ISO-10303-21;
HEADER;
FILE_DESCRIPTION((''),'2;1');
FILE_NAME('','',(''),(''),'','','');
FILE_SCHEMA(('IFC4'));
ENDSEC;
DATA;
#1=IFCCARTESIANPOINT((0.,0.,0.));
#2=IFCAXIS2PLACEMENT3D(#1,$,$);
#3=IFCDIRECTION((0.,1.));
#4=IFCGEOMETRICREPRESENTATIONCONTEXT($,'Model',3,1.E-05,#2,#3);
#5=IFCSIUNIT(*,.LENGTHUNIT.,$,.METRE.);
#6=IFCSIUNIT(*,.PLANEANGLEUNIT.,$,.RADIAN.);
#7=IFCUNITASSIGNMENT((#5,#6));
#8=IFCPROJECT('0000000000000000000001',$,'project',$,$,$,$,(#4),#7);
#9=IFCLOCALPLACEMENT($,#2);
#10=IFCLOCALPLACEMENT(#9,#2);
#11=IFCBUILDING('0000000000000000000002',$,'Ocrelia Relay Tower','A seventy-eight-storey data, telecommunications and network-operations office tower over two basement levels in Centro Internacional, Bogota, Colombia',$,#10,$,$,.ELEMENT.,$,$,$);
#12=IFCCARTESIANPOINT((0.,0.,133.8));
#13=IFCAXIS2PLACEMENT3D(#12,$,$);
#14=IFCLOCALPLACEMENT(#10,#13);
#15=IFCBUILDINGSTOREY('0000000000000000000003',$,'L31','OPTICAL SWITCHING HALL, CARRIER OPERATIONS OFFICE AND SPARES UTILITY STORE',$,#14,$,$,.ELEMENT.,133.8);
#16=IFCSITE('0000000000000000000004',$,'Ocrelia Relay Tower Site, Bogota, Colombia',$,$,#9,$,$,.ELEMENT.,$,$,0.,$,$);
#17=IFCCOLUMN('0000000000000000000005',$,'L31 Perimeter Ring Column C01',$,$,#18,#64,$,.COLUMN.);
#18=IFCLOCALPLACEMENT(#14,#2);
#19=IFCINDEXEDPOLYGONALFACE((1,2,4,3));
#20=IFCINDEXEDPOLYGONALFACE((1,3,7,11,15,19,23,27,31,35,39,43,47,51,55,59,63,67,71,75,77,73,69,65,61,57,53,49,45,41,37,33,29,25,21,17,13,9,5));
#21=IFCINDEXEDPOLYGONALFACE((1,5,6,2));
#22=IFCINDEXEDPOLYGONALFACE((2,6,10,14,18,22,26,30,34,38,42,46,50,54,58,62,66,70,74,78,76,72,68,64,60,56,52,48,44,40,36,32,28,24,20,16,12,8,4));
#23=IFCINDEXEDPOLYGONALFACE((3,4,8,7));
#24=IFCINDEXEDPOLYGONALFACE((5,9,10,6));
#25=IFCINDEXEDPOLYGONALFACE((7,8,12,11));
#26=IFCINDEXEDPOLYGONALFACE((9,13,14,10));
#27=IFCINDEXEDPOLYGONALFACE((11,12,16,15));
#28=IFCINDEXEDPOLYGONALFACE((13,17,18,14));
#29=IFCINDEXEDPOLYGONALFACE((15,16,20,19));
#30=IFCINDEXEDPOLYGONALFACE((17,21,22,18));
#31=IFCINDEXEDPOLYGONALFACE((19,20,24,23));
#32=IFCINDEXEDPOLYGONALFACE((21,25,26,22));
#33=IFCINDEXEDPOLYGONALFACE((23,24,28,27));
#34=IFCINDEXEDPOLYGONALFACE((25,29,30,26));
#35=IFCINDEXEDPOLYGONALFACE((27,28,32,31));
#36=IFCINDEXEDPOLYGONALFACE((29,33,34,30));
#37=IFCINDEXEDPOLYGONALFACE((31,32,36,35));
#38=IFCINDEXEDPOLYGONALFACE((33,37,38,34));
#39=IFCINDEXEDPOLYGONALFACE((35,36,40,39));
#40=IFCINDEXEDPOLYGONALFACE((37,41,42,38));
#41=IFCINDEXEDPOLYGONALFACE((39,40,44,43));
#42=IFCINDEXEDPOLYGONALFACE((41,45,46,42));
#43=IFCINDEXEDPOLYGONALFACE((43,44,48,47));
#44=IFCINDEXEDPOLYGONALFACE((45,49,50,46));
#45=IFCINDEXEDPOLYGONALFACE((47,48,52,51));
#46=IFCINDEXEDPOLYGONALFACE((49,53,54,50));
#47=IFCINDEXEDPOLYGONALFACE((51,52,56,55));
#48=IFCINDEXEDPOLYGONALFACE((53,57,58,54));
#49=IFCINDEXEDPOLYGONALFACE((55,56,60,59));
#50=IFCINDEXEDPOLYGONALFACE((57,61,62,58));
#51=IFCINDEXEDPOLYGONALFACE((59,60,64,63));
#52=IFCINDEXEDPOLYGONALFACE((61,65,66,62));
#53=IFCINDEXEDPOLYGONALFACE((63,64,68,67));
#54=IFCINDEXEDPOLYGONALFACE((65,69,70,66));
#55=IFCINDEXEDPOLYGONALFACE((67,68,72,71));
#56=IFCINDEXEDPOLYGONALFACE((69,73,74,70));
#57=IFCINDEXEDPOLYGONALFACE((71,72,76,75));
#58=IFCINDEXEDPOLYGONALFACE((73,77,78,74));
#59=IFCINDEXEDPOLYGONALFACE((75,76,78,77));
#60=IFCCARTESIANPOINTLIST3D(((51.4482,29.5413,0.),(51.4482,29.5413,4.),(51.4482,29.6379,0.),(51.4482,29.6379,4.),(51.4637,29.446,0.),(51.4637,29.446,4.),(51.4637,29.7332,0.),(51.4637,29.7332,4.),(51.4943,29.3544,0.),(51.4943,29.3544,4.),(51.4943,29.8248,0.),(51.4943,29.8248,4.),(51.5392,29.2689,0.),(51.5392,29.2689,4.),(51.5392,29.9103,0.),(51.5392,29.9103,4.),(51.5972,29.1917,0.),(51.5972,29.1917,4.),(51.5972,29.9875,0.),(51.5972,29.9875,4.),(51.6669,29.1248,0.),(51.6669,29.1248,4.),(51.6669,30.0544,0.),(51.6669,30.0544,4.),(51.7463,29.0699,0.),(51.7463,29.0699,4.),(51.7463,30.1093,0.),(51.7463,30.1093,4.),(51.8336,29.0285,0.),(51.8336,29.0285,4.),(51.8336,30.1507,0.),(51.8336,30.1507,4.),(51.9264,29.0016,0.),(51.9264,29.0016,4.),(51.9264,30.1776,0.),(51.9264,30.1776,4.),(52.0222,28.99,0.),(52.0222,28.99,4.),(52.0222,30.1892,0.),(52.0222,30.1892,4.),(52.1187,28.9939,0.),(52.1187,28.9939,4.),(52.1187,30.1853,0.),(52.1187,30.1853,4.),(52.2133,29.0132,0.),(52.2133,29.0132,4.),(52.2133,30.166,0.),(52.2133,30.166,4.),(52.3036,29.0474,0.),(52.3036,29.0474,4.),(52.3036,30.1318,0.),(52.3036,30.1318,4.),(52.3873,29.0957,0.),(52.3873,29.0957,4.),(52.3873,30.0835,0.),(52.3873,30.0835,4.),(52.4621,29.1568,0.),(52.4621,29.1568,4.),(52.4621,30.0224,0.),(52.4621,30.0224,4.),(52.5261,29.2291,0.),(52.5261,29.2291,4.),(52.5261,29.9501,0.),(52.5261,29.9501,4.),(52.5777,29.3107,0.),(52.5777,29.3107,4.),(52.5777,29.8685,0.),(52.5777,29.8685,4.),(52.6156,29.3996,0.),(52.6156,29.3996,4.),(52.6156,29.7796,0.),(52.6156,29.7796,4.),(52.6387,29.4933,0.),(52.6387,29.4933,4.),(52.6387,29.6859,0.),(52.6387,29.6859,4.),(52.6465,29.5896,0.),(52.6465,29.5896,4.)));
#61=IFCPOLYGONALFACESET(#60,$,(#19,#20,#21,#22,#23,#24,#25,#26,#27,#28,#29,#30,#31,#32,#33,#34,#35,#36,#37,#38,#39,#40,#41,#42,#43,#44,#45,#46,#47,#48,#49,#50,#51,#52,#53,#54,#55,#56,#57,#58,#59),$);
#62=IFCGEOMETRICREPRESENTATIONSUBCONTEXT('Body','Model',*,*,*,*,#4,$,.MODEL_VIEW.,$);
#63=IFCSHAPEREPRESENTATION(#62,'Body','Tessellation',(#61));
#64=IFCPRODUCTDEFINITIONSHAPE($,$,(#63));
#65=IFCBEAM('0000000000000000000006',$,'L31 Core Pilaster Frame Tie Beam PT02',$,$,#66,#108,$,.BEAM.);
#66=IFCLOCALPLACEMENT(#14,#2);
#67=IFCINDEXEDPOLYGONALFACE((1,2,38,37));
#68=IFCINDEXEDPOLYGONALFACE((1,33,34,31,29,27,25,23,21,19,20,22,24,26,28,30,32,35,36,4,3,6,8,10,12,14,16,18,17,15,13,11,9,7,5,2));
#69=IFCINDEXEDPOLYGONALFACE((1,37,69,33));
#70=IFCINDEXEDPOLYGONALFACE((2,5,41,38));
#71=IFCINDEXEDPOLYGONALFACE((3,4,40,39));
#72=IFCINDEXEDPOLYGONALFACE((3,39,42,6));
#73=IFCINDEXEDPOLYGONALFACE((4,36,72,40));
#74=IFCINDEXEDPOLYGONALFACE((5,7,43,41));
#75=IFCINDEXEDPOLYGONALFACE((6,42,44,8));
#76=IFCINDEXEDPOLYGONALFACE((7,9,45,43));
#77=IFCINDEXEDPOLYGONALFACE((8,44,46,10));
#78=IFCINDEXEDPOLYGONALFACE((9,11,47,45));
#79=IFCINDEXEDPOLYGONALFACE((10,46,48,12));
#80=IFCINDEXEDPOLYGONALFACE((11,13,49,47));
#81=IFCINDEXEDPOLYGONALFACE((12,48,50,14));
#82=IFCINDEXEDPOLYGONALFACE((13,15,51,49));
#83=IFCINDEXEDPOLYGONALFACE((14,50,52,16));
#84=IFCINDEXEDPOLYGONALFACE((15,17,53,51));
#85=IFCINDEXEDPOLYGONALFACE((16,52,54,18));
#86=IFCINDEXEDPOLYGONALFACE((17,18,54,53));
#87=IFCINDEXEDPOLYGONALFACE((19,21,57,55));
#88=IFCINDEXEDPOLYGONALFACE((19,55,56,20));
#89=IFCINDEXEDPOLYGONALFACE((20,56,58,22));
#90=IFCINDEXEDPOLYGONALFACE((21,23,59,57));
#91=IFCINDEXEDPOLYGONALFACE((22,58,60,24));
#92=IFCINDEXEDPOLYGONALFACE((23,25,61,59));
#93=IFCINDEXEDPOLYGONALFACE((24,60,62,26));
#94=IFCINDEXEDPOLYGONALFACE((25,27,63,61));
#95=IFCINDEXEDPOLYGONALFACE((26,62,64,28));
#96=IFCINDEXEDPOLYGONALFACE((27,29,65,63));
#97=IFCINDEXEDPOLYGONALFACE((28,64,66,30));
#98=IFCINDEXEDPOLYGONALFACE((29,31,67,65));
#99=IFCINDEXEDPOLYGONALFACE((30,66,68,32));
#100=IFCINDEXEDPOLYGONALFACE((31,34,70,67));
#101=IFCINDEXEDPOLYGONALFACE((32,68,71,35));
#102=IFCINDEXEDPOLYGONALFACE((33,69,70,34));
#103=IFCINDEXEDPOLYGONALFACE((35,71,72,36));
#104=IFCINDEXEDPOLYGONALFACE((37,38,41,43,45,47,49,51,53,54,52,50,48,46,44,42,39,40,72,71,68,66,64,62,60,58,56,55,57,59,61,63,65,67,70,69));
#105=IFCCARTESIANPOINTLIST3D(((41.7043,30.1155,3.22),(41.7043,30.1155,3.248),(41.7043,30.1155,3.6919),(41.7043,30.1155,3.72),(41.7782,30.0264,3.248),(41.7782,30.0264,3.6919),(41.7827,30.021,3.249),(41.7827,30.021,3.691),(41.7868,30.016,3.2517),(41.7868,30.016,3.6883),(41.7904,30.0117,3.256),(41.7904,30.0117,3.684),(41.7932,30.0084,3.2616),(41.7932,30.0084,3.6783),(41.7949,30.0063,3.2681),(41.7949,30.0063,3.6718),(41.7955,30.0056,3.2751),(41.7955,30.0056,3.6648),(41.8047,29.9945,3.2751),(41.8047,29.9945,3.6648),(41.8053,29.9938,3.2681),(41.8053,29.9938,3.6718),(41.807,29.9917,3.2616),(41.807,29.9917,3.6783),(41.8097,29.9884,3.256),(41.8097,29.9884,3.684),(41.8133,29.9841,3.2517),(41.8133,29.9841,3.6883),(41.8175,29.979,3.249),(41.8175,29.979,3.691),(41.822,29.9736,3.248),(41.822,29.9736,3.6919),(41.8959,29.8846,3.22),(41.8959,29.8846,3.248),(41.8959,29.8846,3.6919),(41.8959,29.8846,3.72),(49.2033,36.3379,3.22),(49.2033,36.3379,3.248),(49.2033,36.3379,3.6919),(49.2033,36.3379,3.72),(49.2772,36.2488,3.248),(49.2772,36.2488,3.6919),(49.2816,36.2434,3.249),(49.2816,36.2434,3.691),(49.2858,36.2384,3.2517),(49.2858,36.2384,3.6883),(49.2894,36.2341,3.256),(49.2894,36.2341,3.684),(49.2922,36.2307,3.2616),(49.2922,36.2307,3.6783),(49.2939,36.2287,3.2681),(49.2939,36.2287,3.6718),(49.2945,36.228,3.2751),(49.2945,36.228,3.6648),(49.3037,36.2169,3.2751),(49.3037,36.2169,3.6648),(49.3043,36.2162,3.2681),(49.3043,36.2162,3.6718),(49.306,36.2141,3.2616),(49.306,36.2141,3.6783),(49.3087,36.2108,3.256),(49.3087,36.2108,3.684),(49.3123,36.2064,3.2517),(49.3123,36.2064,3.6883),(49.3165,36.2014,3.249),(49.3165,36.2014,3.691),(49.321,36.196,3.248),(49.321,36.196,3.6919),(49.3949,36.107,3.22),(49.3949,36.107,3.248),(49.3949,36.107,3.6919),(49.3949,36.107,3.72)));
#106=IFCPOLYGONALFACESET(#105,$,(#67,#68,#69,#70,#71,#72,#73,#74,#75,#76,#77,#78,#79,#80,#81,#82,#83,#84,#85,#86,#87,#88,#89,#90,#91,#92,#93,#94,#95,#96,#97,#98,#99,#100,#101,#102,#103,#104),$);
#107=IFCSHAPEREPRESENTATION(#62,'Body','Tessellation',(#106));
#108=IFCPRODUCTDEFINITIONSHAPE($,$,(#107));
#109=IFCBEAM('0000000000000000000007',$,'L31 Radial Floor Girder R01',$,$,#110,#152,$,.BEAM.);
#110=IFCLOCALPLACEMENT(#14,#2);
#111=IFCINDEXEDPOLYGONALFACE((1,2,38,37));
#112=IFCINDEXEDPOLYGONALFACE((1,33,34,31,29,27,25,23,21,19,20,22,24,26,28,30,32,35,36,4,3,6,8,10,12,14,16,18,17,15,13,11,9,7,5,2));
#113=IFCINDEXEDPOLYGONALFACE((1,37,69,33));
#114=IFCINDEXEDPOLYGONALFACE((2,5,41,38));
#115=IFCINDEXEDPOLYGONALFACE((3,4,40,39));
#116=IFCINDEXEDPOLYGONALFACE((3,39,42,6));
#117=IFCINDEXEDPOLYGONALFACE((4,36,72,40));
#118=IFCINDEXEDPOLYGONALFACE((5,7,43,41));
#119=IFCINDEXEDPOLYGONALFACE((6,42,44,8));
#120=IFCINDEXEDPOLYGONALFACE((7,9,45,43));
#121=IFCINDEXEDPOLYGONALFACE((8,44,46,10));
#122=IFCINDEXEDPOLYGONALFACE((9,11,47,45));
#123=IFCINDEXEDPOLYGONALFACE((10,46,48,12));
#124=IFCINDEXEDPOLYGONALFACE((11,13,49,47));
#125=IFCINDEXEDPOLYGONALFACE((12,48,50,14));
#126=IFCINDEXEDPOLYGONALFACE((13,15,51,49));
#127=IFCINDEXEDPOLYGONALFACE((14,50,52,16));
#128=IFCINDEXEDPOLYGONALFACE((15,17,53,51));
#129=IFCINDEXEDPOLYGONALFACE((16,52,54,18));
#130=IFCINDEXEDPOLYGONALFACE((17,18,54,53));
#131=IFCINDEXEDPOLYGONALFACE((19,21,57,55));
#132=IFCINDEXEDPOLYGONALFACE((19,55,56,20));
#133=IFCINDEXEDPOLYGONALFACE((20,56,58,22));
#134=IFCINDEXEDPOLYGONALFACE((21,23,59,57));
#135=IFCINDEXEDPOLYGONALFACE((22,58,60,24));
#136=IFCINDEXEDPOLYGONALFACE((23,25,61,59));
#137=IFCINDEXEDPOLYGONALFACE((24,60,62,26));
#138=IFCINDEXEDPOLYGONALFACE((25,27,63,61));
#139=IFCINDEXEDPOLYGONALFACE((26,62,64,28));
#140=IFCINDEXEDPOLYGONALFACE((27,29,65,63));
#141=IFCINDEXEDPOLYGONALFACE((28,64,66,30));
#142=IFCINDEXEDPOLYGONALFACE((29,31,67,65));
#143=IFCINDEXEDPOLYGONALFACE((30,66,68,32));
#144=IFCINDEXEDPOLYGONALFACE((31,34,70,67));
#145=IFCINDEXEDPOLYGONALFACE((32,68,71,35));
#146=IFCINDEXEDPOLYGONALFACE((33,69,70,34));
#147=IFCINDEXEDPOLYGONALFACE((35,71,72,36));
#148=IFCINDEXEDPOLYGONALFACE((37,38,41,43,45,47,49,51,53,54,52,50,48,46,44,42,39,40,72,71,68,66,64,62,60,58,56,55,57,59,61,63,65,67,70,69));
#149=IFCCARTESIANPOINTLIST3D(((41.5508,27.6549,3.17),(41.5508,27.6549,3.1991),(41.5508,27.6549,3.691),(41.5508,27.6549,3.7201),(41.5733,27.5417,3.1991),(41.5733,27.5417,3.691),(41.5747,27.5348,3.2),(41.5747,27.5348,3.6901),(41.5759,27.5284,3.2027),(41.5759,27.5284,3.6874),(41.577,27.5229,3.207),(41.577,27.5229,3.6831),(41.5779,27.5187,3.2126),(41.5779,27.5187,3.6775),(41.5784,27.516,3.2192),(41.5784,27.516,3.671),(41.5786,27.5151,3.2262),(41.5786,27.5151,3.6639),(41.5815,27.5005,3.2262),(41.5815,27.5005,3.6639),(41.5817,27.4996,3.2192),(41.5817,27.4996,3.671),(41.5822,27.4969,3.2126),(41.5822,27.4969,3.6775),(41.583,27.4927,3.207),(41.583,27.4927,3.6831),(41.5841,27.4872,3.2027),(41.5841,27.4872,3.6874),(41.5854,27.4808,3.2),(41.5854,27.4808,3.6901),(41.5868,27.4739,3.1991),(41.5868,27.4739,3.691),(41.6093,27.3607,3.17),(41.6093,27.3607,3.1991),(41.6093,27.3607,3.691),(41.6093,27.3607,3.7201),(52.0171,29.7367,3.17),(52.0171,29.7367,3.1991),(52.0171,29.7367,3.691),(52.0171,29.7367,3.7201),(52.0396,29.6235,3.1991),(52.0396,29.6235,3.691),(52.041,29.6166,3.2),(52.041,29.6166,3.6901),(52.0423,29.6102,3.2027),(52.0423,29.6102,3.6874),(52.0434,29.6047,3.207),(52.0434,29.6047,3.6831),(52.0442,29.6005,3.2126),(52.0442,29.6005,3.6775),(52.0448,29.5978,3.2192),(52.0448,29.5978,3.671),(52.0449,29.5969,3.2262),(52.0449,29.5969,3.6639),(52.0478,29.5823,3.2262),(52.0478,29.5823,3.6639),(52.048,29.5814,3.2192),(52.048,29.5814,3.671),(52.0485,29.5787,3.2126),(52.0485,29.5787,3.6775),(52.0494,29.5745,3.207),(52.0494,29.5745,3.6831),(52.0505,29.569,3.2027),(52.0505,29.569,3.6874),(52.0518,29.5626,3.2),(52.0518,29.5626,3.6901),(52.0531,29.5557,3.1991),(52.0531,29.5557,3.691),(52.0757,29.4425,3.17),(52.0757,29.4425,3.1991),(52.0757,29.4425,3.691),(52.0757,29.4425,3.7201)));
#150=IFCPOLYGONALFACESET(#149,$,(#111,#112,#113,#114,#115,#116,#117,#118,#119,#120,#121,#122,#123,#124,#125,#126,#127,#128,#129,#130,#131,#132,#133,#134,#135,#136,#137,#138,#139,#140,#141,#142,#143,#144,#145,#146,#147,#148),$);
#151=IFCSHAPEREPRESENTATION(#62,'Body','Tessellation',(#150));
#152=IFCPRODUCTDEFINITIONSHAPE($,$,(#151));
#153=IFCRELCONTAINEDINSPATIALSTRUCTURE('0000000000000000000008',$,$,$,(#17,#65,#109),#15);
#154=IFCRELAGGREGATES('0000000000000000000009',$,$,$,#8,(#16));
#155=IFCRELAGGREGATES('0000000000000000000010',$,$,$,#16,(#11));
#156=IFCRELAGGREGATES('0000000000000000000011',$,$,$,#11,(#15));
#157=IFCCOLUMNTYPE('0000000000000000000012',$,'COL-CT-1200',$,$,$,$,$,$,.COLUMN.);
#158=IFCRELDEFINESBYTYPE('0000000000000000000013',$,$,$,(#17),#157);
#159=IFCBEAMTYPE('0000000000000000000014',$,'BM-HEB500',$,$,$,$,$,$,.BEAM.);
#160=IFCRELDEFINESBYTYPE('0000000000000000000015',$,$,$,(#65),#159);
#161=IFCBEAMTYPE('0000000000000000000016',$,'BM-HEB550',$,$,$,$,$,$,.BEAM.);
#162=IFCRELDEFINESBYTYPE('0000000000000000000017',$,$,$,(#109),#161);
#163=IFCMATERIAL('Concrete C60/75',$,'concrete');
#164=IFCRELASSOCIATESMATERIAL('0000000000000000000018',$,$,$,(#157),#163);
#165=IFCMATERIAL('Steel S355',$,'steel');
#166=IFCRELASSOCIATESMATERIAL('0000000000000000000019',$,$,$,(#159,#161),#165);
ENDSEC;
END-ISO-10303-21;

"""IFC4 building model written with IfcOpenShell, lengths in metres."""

from ifc_helpers import new_model, si_unit, direction, frame, origin, origin_2d, place, context, subcontext, project, spatial, circle, i_section, extrude, material, material_profile, profile_set, type_object, element, save


model = new_model("IFC4")

# Units and contexts
model_context = context("Model", 3, precision=1e-05, world=origin(), true_north=direction((0.0, 1.0)))
body_context = subcontext(model_context, "Body", "Model", "MODEL_VIEW")
ifc_project = project(units=[si_unit("LENGTHUNIT", "METRE"), si_unit("PLANEANGLEUNIT", "RADIAN")], contexts=[model_context])

# Site, building, storey
site_placement = place(None, origin())
site = spatial("IfcSite", under=ifc_project, at=site_placement, Name="Ocrelia Relay Tower Site, Bogota, Colombia", CompositionType="ELEMENT", RefElevation=0.0)
building_placement = place(site_placement, origin())
building = spatial("IfcBuilding", under=site, at=building_placement, Name="Ocrelia Relay Tower", Description="A seventy-eight-storey data, telecommunications and network-operations office tower over two basement levels in Centro Internacional, Bogota, Colombia", CompositionType="ELEMENT")
storey_placement = place(building_placement, frame((0.0, 0.0, 133.8)))
storey = spatial("IfcBuildingStorey", under=building, at=storey_placement, Name="L31", Description="OPTICAL SWITCHING HALL, CARRIER OPERATIONS OFFICE AND SPARES UTILITY STORE", CompositionType="ELEMENT", Elevation=133.8)

# Column
ifc_material_1 = material(Name="Concrete C60/75", Category="concrete")
ifc_material_profile_1 = material_profile(ifc_material_1, circle(Radius=0.6001, at=origin_2d()), Name="RC-CIR-1200")
ifc_profile_set_1 = profile_set([ifc_material_profile_1], Name="Concrete C60/75")
column_type = type_object("IfcColumnType", Name="COL-CT-1200", PredefinedType="COLUMN", material=ifc_profile_set_1)
column_placement = place(storey_placement, frame((52.0464, 29.5896, 0.0), z_axis=(0.0, 0.0, 1.0), x_axis=(1.0, 0.0, 0.0)))
element("IfcColumn", 1, at=column_placement, inside=storey, type_object=column_type, Name="L31 Perimeter Ring Column C01", PredefinedType="COLUMN", context=body_context, shape_type="SweptSolid", body=[
    extrude(circle(Radius=0.6001, at=origin_2d()), origin(), (0.0, 0.0, 1.0), 4.0),
])

# Beams
ifc_material_2 = material(Name="Steel S355", Category="steel")
ifc_material_profile_2 = material_profile(ifc_material_2, i_section(OverallWidth=0.3, OverallDepth=0.5, WebThickness=0.0144, FlangeThickness=0.0281, FilletRadius=0.0271, at=origin_2d()), Name="HEB 500")
ifc_profile_set_2 = profile_set([ifc_material_profile_2], Name="Steel S355")
beam_type_1 = type_object("IfcBeamType", Name="BM-HEB500", PredefinedType="BEAM", material=ifc_profile_set_2)
beam_1_placement = place(storey_placement, frame((49.2991, 36.2224, 3.47), z_axis=(-0.769571, -0.638561, 0.0), x_axis=(0.638561, -0.769571, 0.0)))
element("IfcBeam", 2, at=beam_1_placement, inside=storey, type_object=beam_type_1, Name="L31 Core Pilaster Frame Tie Beam PT02", PredefinedType="BEAM", context=body_context, shape_type="SweptSolid", body=[
    extrude(i_section(OverallWidth=0.3, OverallDepth=0.5, WebThickness=0.0144, FlangeThickness=0.0281, FilletRadius=0.0271, at=origin_2d()), origin(), (0.0, 0.0, 1.0), 9.7444),
])
ifc_material_profile_3 = material_profile(ifc_material_2, i_section(OverallWidth=0.3, OverallDepth=0.55, WebThickness=0.0149, FlangeThickness=0.0291, FilletRadius=0.0271, at=origin_2d()), Name="HEB 550")
ifc_profile_set_3 = profile_set([ifc_material_profile_3], Name="Steel S355")
beam_type_2 = type_object("IfcBeamType", Name="BM-HEB550", PredefinedType="BEAM", material=ifc_profile_set_3)
beam_2_placement = place(storey_placement, frame((52.0464, 29.5896, 3.4451), z_axis=(-0.980787, -0.195082, 0.0), x_axis=(0.195082, -0.980787, 0.0)))
element("IfcBeam", 3, at=beam_2_placement, inside=storey, type_object=beam_type_2, Name="L31 Radial Floor Girder R01", PredefinedType="BEAM", context=body_context, shape_type="SweptSolid", body=[
    extrude(i_section(OverallWidth=0.3, OverallDepth=0.55, WebThickness=0.0149, FlangeThickness=0.0291, FilletRadius=0.0271, at=origin_2d()), origin(), (0.0, 0.0, 1.0), 10.6714),
])

save(model, "model.ifc")
